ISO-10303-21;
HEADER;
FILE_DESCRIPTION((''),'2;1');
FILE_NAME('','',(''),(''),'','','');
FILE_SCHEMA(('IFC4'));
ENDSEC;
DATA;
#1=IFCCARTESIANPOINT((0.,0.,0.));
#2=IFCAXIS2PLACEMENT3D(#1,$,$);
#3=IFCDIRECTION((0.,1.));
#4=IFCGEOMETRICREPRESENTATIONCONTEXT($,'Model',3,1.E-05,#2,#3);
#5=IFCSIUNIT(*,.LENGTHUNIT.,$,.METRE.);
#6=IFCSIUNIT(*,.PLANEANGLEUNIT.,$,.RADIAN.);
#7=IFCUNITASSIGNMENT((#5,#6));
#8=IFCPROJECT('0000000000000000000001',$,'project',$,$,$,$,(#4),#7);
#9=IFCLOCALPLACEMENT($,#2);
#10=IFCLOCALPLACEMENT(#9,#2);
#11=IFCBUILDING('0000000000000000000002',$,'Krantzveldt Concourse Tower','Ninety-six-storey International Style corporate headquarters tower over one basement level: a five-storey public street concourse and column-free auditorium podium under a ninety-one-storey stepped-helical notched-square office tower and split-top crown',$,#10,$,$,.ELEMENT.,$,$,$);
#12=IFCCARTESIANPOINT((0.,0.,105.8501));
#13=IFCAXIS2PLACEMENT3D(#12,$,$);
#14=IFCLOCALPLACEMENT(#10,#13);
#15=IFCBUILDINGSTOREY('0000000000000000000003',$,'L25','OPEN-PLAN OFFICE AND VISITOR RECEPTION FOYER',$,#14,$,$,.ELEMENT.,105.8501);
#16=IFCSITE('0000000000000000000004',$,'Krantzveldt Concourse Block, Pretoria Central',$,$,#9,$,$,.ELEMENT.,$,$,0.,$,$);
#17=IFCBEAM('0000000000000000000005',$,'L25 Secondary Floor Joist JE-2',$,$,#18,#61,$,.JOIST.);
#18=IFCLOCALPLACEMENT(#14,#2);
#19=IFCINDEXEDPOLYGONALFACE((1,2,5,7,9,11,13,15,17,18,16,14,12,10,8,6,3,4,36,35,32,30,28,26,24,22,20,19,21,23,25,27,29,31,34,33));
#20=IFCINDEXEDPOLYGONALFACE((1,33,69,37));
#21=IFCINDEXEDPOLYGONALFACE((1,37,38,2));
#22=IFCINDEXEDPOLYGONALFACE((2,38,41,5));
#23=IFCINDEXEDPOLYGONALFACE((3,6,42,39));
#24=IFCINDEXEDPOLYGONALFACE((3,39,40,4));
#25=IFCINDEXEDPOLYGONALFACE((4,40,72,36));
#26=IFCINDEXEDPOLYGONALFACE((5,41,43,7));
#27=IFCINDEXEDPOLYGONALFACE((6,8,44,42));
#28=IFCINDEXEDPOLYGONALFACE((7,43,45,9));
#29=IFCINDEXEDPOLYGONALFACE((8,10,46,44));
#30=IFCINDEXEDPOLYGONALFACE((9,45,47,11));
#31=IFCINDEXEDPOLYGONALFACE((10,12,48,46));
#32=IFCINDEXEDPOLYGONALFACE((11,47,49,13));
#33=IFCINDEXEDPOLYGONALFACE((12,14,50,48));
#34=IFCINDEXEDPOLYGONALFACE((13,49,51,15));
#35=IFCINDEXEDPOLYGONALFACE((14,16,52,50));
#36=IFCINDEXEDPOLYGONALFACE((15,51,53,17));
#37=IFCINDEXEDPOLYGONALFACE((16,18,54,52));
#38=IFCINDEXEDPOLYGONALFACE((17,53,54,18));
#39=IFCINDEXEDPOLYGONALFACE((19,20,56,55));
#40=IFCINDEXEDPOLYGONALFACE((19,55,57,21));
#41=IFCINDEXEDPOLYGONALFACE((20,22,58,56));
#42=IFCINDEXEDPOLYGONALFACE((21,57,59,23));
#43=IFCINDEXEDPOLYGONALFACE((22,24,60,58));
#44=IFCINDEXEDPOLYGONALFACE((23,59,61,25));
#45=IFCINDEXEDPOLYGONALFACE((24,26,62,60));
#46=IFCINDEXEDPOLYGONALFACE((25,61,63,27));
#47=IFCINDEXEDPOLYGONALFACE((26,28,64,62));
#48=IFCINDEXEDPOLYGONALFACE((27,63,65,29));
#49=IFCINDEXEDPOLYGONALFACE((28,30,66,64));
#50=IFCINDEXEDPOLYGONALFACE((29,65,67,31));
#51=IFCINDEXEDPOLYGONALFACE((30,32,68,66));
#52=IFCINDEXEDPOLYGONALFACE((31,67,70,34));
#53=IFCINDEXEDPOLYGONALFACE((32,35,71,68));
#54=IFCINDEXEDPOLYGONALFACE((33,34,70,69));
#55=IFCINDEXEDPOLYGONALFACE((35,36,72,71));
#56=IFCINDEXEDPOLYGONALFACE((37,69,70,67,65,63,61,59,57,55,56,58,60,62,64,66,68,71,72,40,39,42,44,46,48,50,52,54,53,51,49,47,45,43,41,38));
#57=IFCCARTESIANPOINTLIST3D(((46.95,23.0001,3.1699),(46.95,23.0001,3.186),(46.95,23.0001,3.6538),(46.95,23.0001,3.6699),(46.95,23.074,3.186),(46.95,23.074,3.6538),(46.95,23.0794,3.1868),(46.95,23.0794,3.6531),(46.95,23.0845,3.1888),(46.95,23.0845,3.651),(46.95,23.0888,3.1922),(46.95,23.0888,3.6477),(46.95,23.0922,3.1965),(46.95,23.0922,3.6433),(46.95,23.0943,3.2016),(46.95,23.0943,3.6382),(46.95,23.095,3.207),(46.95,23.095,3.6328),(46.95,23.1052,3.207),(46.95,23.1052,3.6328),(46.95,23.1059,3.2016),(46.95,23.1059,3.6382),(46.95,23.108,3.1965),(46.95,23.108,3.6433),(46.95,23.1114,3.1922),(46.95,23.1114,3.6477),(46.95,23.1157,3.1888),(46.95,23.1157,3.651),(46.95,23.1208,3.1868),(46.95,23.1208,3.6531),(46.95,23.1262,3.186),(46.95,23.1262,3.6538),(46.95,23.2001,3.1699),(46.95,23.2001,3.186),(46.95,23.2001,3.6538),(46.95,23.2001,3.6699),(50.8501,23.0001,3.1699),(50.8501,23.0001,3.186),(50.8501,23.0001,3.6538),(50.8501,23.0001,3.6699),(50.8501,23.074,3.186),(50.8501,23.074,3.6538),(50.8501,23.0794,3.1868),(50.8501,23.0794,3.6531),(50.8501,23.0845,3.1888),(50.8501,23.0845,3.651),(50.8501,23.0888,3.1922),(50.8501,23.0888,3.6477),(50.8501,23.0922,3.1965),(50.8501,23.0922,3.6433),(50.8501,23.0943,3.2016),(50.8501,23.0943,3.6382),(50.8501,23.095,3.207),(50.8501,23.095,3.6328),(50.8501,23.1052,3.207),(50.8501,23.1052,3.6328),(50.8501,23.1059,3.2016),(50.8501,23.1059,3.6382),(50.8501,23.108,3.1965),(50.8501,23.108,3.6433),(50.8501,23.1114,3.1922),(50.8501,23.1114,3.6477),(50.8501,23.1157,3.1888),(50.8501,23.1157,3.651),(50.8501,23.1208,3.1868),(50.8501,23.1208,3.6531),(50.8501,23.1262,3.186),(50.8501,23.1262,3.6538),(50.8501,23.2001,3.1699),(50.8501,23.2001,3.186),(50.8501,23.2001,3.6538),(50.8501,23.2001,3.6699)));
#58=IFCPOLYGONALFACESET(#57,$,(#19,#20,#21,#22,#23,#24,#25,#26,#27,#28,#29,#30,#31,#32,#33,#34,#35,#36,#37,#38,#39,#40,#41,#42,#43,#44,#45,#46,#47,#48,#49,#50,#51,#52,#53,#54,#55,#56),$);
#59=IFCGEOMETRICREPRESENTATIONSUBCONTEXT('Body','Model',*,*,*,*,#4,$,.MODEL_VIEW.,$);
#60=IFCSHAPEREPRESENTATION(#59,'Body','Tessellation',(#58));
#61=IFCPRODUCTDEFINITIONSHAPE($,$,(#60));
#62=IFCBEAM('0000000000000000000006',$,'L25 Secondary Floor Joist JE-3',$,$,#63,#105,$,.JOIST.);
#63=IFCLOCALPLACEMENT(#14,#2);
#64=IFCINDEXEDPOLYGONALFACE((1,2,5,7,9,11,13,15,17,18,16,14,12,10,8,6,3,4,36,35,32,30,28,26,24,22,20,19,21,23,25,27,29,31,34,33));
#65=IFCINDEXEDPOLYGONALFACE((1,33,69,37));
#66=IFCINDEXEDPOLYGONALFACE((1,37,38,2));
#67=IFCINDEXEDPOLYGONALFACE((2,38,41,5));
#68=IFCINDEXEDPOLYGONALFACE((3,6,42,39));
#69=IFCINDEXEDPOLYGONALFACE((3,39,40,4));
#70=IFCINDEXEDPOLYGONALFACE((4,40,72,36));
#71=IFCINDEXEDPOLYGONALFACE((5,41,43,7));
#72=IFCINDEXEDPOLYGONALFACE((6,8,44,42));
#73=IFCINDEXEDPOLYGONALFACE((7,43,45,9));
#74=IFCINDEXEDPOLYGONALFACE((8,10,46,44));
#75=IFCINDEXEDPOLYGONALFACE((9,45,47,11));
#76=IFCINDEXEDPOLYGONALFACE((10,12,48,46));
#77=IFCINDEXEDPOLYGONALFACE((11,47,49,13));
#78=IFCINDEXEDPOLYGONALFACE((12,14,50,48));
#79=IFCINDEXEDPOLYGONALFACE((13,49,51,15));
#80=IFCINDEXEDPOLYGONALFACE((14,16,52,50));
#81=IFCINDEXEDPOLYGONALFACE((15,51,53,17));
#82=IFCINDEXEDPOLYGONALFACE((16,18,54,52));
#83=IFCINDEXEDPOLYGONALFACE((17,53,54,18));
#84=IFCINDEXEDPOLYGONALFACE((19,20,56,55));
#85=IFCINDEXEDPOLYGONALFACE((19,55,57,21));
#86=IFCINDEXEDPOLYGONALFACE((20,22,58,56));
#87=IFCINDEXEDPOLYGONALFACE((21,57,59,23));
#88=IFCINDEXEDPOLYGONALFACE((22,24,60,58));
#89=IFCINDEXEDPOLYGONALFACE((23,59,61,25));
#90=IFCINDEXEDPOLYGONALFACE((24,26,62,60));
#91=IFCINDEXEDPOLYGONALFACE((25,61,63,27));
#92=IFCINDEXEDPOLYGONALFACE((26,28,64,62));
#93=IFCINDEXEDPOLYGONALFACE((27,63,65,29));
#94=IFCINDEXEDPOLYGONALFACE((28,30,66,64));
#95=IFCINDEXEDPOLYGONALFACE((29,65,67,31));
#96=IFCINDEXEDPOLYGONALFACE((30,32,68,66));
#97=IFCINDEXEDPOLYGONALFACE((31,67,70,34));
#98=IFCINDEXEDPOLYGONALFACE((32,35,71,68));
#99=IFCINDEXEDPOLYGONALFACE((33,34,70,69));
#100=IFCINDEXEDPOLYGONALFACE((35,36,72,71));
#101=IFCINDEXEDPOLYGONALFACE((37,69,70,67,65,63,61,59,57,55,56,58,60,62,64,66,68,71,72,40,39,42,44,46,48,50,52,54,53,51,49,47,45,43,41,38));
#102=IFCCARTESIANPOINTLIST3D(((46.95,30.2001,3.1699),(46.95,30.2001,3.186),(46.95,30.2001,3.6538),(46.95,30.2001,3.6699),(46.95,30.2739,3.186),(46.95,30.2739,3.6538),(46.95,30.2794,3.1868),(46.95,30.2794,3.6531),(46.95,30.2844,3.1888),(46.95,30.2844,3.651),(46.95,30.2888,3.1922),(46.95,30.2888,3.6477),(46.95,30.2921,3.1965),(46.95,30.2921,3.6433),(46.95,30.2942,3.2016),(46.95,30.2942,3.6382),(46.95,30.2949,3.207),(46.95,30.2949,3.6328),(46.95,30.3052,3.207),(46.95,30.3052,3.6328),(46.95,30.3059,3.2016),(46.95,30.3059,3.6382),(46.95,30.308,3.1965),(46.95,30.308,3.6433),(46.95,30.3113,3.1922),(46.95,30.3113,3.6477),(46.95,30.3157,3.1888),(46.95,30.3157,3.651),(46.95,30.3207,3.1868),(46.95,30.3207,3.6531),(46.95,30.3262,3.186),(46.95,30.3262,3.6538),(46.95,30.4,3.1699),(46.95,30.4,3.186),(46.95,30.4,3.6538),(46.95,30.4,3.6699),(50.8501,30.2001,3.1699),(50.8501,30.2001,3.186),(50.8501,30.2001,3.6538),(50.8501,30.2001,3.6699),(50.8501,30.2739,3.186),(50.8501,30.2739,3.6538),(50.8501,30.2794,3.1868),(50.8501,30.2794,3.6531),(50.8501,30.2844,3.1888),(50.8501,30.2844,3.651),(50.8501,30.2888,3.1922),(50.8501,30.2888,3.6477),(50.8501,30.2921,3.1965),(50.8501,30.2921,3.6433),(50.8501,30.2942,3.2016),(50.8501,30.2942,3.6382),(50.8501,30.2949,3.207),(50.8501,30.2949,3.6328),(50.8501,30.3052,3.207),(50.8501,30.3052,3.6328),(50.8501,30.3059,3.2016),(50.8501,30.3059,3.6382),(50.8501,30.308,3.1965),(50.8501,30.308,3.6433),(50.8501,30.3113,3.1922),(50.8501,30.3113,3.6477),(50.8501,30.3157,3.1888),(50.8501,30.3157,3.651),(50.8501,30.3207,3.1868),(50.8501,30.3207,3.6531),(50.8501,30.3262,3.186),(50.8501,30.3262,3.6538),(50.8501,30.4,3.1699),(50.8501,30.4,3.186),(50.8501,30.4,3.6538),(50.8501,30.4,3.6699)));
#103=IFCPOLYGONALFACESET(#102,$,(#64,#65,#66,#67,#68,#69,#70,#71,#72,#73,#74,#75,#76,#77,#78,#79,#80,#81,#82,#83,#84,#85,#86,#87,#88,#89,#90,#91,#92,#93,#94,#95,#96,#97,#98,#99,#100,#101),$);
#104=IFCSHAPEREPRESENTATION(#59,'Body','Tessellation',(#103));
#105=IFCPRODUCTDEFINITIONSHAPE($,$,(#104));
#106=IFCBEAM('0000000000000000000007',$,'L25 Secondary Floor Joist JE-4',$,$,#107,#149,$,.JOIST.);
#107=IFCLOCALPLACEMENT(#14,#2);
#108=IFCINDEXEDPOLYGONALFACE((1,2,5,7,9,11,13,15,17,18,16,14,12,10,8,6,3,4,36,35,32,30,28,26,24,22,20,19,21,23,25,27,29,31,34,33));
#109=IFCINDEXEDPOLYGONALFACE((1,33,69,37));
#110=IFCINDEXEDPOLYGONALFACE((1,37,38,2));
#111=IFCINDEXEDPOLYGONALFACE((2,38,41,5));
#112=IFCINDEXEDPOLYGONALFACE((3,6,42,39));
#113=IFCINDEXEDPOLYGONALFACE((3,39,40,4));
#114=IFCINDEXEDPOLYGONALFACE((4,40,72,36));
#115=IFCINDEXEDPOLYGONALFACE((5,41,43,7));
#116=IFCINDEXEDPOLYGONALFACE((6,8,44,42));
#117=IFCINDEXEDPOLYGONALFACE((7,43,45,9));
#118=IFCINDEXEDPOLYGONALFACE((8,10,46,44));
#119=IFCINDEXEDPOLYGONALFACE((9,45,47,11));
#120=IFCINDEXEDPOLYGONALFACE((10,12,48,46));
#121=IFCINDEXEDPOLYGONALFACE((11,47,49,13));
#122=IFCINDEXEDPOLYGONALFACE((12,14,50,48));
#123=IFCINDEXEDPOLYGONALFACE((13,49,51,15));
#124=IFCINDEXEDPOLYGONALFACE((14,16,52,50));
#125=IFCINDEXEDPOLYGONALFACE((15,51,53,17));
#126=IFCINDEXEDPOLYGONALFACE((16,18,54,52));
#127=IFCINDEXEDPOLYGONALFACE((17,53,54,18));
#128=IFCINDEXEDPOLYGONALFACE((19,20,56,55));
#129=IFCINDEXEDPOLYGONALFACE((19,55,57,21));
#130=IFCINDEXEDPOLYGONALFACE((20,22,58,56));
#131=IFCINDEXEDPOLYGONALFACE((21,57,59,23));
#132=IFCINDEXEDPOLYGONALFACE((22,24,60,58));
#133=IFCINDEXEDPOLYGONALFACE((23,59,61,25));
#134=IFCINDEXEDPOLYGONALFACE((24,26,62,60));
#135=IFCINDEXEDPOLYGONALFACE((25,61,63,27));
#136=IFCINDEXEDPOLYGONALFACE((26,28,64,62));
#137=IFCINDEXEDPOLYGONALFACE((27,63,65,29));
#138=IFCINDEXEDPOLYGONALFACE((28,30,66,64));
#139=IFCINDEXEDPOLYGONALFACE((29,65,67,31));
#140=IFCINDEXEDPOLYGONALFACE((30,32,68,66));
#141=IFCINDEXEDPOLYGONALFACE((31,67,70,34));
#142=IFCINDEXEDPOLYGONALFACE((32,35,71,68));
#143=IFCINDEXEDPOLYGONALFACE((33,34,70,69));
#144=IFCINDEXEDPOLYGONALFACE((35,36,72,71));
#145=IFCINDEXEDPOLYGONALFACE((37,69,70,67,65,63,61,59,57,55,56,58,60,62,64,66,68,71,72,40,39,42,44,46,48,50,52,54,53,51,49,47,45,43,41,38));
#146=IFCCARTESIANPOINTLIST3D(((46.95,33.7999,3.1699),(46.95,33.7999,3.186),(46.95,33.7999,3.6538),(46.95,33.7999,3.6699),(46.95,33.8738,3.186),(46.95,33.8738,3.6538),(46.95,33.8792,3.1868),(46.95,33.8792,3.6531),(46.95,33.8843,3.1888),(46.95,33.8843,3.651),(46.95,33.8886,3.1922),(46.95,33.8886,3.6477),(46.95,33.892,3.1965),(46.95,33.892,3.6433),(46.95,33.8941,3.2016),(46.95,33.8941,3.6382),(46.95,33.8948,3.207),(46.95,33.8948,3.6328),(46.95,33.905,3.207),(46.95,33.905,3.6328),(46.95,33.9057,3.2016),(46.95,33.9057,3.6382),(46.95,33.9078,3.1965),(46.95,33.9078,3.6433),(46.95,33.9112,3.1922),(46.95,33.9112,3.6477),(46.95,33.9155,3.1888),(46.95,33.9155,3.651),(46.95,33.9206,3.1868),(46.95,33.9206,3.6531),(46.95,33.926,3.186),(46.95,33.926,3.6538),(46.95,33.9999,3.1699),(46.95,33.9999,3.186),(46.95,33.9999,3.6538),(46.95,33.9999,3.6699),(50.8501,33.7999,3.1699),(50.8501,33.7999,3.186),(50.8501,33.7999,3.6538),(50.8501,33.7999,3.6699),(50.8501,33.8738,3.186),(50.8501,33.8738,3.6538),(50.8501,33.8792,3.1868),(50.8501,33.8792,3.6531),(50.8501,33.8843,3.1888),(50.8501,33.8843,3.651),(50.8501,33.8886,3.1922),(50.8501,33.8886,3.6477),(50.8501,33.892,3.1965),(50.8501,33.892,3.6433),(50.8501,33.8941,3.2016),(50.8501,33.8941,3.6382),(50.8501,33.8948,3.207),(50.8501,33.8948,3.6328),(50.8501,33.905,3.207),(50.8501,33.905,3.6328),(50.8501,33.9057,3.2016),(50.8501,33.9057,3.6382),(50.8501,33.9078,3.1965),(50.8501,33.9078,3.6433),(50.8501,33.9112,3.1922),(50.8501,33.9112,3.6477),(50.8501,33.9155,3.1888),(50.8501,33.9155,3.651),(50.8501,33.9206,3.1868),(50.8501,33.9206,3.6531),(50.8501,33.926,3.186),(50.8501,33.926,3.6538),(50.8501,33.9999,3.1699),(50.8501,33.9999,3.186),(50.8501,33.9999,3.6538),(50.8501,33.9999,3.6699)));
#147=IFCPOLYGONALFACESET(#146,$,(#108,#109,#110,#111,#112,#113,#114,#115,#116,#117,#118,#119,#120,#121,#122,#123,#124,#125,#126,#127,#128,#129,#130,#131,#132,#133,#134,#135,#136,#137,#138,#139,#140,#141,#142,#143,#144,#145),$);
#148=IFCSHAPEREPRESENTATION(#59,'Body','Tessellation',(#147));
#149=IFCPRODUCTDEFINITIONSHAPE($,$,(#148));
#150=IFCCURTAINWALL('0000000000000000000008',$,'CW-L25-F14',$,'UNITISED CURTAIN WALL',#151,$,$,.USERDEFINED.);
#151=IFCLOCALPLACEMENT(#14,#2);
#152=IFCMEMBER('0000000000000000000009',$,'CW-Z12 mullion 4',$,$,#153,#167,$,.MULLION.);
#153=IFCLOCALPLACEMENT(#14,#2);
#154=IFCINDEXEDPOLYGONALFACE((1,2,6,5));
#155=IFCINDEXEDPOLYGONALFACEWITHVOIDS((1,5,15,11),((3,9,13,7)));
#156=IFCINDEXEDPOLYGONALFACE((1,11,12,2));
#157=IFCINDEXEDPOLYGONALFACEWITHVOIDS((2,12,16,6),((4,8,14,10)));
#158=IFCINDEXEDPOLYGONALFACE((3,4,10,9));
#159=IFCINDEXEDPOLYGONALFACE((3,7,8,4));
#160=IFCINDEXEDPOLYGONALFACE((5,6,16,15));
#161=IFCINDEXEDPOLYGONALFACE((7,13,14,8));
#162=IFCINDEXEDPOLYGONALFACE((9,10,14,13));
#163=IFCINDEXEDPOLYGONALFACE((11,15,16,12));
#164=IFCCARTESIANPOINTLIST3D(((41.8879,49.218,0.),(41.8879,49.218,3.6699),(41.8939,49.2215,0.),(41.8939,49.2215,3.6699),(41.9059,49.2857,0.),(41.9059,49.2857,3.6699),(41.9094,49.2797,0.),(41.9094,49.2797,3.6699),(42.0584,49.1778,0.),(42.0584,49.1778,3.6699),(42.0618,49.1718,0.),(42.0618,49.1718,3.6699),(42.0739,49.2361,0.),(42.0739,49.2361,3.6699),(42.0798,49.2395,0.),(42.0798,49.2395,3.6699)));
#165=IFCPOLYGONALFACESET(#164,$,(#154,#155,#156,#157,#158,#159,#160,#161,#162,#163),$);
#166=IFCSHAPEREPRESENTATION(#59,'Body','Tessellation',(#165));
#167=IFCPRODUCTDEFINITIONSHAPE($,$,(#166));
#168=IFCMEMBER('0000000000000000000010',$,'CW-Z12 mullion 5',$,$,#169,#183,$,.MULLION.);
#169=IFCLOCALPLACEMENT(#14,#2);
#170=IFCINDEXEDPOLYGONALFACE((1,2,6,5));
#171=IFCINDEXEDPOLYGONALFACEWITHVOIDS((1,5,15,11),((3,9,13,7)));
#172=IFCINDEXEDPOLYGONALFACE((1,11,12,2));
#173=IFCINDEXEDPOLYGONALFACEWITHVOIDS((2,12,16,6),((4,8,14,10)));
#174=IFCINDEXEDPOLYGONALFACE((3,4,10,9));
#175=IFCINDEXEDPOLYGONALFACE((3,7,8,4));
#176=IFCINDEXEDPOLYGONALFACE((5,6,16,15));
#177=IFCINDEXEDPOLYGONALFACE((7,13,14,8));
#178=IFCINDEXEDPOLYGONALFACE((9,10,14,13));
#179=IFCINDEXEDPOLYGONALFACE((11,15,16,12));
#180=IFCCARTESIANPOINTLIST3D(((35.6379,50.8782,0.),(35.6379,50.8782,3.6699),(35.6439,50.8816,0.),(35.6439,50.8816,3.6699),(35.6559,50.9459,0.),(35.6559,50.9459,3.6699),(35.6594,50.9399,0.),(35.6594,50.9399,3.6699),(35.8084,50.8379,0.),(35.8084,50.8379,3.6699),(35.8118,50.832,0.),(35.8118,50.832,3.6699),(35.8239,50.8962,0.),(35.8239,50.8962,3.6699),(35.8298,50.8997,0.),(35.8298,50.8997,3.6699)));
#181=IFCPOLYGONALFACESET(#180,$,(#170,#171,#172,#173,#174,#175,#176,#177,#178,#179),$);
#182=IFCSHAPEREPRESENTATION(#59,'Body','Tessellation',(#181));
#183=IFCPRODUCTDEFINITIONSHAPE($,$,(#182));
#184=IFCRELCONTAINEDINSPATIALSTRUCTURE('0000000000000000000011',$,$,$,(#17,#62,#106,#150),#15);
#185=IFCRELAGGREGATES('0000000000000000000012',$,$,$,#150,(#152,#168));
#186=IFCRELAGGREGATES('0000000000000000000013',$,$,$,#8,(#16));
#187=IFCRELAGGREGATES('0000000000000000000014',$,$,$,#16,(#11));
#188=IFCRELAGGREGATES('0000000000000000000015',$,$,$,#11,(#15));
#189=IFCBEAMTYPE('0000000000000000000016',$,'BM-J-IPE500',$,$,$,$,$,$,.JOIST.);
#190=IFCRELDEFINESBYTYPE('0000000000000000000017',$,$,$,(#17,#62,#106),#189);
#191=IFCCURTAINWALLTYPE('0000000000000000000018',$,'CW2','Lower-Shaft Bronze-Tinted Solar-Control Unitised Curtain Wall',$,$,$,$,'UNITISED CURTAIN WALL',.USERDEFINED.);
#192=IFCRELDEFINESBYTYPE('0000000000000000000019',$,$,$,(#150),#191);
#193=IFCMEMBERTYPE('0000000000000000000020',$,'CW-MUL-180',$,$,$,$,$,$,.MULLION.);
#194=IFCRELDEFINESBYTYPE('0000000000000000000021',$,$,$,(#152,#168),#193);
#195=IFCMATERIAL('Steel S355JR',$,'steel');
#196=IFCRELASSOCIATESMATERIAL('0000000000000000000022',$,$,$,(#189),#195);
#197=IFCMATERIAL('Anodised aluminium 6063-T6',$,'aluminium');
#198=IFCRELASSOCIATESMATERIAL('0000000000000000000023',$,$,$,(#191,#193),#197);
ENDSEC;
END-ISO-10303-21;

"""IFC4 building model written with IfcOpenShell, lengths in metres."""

from ifc_helpers import new_model, si_unit, direction, frame, origin, origin_2d, place, context, subcontext, project, spatial, hollow_rectangle, i_section, extrude, source, transform, mapped, material, material_profile, profile_set, type_object, type_shapes, element, aggregate, save


model = new_model("IFC4")

# Units and contexts
model_context = context("Model", 3, precision=1e-05, world=origin(), true_north=direction((0.0, 1.0)))
body_context = subcontext(model_context, "Body", "Model", "MODEL_VIEW")
ifc_project = project(units=[si_unit("LENGTHUNIT", "METRE"), si_unit("PLANEANGLEUNIT", "RADIAN")], contexts=[model_context])

# Site, building, storey
site_placement = place(None, origin())
site = spatial("IfcSite", under=ifc_project, at=site_placement, Name="Krantzveldt Concourse Block, Pretoria Central", CompositionType="ELEMENT", RefElevation=0.0)
building_placement = place(site_placement, origin())
building = spatial("IfcBuilding", under=site, at=building_placement, Name="Krantzveldt Concourse Tower", Description="Ninety-six-storey International Style corporate headquarters tower over one basement level: a five-storey public street concourse and column-free auditorium podium under a ninety-one-storey stepped-helical notched-square office tower and split-top crown", CompositionType="ELEMENT")
storey_placement = place(building_placement, frame((0.0, 0.0, 105.8501)))
storey = spatial("IfcBuildingStorey", under=building, at=storey_placement, Name="L25", Description="OPEN-PLAN OFFICE AND VISITOR RECEPTION FOYER", CompositionType="ELEMENT", Elevation=105.8501)

# Beams
ifc_material_1 = material(Name="Steel S355JR", Category="steel")
ifc_material_profile_1 = material_profile(ifc_material_1, i_section(OverallWidth=0.2, OverallDepth=0.5, WebThickness=0.0103, FlangeThickness=0.0161, FilletRadius=0.021, at=origin_2d()), Name="Steel S355JR", Category="steel")
ifc_profile_set_1 = profile_set([ifc_material_profile_1], Name="Steel S355JR - IPE 500")
beam_type_1 = type_object("IfcBeamType", Name="BM-J-IPE500", PredefinedType="JOIST", material=ifc_profile_set_1)
shared_shape_1 = source(origin(), body_context, "Body", "SweptSolid", [
    extrude(i_section(OverallWidth=0.2, OverallDepth=0.5, WebThickness=0.0103, FlangeThickness=0.0161, FilletRadius=0.021, at=origin_2d()), origin(), (0.0, 0.0, 1.0), 3.9001),
])
type_shapes(beam_type_1, [shared_shape_1])
for number, where, z_axis, x_axis, name in (
    (1, (46.95, 23.1001, 3.4199), (1.0, 0.0, 0.0), (0.0, 1.0, 0.0), "L25 Secondary Floor Joist JE-2"),
    (2, (46.95, 30.3, 3.4199), (1.0, 0.0, 0.0), (0.0, 1.0, 0.0), "L25 Secondary Floor Joist JE-3"),
    (3, (46.95, 33.8999, 3.4199), (1.0, 0.0, 0.0), (0.0, 1.0, 0.0), "L25 Secondary Floor Joist JE-4"),
):
    element("IfcBeam", number, at=place(storey_placement, frame(where, z_axis=z_axis, x_axis=x_axis)), inside=storey, type_object=beam_type_1, Name=name, PredefinedType="JOIST", context=body_context, shape_type="MappedRepresentation", body=[
        mapped(shared_shape_1, transform((0.0, 0.0, 0.0), x_axis=(1.0, 0.0, 0.0), y_axis=(0.0, 1.0, 0.0), z_axis=(0.0, 0.0, 1.0), scale=1.0)),
    ])

# Curtain wall, members
ifc_material_2 = material(Name="Anodised aluminium 6063-T6", Category="aluminium")
curtain_wall_type = type_object("IfcCurtainWallType", Name="CW2", Description="Lower-Shaft Bronze-Tinted Solar-Control Unitised Curtain Wall", ElementType="UNITISED CURTAIN WALL", PredefinedType="USERDEFINED", material=ifc_material_2)
curtain_wall_placement = place(storey_placement, origin())
curtain_wall = element("IfcCurtainWall", 4, at=curtain_wall_placement, inside=storey, type_object=curtain_wall_type, Name="CW-L25-F14", ObjectType="UNITISED CURTAIN WALL", PredefinedType="USERDEFINED")
ifc_material_profile_2 = material_profile(ifc_material_2, hollow_rectangle(XDim=0.0701, YDim=0.1799, WallThickness=0.0049, at=origin_2d()), Name="Anodised aluminium 6063-T6", Category="aluminium")
ifc_profile_set_2 = profile_set([ifc_material_profile_2], Name="Anodised aluminium 6063-T6 - ALU-MULL 180x70x5")
member_type_1 = type_object("IfcMemberType", Name="CW-MUL-180", PredefinedType="MULLION", material=ifc_profile_set_2)
shared_shape_2 = source(origin(), body_context, "Body", "SweptSolid", [
    extrude(hollow_rectangle(XDim=0.0701, YDim=0.1799, WallThickness=0.0049, at=origin_2d()), origin(), (0.0, 0.0, 1.0), 3.6699),
])
type_shapes(member_type_1, [shared_shape_2])
member_1_placement = place(storey_placement, frame((41.9839, 49.2288, 0.0), z_axis=(0.0, 0.0, 1.0), x_axis=(-0.256711, -0.966488, 0.0)))
member_1 = element("IfcMember", 5, at=member_1_placement, type_object=member_type_1, Name="CW-Z12 mullion 4", PredefinedType="MULLION", context=body_context, shape_type="MappedRepresentation", body=[
    mapped(shared_shape_2, transform((0.0, 0.0, 0.0), x_axis=(1.0, 0.0, 0.0), y_axis=(0.0, 1.0, 0.0), z_axis=(0.0, 0.0, 1.0), scale=1.0)),
])
member_2_placement = place(storey_placement, frame((35.7339, 50.8889, 0.0), z_axis=(0.0, 0.0, 1.0), x_axis=(-0.256711, -0.966488, 0.0)))
member_2 = element("IfcMember", 6, at=member_2_placement, type_object=member_type_1, Name="CW-Z12 mullion 5", PredefinedType="MULLION", context=body_context, shape_type="MappedRepresentation", body=[
    mapped(shared_shape_2, transform((0.0, 0.0, 0.0), x_axis=(1.0, 0.0, 0.0), y_axis=(0.0, 1.0, 0.0), z_axis=(0.0, 0.0, 1.0), scale=1.0)),
])
aggregate(curtain_wall, [member_1, member_2])

save(model, "model.ifc")
